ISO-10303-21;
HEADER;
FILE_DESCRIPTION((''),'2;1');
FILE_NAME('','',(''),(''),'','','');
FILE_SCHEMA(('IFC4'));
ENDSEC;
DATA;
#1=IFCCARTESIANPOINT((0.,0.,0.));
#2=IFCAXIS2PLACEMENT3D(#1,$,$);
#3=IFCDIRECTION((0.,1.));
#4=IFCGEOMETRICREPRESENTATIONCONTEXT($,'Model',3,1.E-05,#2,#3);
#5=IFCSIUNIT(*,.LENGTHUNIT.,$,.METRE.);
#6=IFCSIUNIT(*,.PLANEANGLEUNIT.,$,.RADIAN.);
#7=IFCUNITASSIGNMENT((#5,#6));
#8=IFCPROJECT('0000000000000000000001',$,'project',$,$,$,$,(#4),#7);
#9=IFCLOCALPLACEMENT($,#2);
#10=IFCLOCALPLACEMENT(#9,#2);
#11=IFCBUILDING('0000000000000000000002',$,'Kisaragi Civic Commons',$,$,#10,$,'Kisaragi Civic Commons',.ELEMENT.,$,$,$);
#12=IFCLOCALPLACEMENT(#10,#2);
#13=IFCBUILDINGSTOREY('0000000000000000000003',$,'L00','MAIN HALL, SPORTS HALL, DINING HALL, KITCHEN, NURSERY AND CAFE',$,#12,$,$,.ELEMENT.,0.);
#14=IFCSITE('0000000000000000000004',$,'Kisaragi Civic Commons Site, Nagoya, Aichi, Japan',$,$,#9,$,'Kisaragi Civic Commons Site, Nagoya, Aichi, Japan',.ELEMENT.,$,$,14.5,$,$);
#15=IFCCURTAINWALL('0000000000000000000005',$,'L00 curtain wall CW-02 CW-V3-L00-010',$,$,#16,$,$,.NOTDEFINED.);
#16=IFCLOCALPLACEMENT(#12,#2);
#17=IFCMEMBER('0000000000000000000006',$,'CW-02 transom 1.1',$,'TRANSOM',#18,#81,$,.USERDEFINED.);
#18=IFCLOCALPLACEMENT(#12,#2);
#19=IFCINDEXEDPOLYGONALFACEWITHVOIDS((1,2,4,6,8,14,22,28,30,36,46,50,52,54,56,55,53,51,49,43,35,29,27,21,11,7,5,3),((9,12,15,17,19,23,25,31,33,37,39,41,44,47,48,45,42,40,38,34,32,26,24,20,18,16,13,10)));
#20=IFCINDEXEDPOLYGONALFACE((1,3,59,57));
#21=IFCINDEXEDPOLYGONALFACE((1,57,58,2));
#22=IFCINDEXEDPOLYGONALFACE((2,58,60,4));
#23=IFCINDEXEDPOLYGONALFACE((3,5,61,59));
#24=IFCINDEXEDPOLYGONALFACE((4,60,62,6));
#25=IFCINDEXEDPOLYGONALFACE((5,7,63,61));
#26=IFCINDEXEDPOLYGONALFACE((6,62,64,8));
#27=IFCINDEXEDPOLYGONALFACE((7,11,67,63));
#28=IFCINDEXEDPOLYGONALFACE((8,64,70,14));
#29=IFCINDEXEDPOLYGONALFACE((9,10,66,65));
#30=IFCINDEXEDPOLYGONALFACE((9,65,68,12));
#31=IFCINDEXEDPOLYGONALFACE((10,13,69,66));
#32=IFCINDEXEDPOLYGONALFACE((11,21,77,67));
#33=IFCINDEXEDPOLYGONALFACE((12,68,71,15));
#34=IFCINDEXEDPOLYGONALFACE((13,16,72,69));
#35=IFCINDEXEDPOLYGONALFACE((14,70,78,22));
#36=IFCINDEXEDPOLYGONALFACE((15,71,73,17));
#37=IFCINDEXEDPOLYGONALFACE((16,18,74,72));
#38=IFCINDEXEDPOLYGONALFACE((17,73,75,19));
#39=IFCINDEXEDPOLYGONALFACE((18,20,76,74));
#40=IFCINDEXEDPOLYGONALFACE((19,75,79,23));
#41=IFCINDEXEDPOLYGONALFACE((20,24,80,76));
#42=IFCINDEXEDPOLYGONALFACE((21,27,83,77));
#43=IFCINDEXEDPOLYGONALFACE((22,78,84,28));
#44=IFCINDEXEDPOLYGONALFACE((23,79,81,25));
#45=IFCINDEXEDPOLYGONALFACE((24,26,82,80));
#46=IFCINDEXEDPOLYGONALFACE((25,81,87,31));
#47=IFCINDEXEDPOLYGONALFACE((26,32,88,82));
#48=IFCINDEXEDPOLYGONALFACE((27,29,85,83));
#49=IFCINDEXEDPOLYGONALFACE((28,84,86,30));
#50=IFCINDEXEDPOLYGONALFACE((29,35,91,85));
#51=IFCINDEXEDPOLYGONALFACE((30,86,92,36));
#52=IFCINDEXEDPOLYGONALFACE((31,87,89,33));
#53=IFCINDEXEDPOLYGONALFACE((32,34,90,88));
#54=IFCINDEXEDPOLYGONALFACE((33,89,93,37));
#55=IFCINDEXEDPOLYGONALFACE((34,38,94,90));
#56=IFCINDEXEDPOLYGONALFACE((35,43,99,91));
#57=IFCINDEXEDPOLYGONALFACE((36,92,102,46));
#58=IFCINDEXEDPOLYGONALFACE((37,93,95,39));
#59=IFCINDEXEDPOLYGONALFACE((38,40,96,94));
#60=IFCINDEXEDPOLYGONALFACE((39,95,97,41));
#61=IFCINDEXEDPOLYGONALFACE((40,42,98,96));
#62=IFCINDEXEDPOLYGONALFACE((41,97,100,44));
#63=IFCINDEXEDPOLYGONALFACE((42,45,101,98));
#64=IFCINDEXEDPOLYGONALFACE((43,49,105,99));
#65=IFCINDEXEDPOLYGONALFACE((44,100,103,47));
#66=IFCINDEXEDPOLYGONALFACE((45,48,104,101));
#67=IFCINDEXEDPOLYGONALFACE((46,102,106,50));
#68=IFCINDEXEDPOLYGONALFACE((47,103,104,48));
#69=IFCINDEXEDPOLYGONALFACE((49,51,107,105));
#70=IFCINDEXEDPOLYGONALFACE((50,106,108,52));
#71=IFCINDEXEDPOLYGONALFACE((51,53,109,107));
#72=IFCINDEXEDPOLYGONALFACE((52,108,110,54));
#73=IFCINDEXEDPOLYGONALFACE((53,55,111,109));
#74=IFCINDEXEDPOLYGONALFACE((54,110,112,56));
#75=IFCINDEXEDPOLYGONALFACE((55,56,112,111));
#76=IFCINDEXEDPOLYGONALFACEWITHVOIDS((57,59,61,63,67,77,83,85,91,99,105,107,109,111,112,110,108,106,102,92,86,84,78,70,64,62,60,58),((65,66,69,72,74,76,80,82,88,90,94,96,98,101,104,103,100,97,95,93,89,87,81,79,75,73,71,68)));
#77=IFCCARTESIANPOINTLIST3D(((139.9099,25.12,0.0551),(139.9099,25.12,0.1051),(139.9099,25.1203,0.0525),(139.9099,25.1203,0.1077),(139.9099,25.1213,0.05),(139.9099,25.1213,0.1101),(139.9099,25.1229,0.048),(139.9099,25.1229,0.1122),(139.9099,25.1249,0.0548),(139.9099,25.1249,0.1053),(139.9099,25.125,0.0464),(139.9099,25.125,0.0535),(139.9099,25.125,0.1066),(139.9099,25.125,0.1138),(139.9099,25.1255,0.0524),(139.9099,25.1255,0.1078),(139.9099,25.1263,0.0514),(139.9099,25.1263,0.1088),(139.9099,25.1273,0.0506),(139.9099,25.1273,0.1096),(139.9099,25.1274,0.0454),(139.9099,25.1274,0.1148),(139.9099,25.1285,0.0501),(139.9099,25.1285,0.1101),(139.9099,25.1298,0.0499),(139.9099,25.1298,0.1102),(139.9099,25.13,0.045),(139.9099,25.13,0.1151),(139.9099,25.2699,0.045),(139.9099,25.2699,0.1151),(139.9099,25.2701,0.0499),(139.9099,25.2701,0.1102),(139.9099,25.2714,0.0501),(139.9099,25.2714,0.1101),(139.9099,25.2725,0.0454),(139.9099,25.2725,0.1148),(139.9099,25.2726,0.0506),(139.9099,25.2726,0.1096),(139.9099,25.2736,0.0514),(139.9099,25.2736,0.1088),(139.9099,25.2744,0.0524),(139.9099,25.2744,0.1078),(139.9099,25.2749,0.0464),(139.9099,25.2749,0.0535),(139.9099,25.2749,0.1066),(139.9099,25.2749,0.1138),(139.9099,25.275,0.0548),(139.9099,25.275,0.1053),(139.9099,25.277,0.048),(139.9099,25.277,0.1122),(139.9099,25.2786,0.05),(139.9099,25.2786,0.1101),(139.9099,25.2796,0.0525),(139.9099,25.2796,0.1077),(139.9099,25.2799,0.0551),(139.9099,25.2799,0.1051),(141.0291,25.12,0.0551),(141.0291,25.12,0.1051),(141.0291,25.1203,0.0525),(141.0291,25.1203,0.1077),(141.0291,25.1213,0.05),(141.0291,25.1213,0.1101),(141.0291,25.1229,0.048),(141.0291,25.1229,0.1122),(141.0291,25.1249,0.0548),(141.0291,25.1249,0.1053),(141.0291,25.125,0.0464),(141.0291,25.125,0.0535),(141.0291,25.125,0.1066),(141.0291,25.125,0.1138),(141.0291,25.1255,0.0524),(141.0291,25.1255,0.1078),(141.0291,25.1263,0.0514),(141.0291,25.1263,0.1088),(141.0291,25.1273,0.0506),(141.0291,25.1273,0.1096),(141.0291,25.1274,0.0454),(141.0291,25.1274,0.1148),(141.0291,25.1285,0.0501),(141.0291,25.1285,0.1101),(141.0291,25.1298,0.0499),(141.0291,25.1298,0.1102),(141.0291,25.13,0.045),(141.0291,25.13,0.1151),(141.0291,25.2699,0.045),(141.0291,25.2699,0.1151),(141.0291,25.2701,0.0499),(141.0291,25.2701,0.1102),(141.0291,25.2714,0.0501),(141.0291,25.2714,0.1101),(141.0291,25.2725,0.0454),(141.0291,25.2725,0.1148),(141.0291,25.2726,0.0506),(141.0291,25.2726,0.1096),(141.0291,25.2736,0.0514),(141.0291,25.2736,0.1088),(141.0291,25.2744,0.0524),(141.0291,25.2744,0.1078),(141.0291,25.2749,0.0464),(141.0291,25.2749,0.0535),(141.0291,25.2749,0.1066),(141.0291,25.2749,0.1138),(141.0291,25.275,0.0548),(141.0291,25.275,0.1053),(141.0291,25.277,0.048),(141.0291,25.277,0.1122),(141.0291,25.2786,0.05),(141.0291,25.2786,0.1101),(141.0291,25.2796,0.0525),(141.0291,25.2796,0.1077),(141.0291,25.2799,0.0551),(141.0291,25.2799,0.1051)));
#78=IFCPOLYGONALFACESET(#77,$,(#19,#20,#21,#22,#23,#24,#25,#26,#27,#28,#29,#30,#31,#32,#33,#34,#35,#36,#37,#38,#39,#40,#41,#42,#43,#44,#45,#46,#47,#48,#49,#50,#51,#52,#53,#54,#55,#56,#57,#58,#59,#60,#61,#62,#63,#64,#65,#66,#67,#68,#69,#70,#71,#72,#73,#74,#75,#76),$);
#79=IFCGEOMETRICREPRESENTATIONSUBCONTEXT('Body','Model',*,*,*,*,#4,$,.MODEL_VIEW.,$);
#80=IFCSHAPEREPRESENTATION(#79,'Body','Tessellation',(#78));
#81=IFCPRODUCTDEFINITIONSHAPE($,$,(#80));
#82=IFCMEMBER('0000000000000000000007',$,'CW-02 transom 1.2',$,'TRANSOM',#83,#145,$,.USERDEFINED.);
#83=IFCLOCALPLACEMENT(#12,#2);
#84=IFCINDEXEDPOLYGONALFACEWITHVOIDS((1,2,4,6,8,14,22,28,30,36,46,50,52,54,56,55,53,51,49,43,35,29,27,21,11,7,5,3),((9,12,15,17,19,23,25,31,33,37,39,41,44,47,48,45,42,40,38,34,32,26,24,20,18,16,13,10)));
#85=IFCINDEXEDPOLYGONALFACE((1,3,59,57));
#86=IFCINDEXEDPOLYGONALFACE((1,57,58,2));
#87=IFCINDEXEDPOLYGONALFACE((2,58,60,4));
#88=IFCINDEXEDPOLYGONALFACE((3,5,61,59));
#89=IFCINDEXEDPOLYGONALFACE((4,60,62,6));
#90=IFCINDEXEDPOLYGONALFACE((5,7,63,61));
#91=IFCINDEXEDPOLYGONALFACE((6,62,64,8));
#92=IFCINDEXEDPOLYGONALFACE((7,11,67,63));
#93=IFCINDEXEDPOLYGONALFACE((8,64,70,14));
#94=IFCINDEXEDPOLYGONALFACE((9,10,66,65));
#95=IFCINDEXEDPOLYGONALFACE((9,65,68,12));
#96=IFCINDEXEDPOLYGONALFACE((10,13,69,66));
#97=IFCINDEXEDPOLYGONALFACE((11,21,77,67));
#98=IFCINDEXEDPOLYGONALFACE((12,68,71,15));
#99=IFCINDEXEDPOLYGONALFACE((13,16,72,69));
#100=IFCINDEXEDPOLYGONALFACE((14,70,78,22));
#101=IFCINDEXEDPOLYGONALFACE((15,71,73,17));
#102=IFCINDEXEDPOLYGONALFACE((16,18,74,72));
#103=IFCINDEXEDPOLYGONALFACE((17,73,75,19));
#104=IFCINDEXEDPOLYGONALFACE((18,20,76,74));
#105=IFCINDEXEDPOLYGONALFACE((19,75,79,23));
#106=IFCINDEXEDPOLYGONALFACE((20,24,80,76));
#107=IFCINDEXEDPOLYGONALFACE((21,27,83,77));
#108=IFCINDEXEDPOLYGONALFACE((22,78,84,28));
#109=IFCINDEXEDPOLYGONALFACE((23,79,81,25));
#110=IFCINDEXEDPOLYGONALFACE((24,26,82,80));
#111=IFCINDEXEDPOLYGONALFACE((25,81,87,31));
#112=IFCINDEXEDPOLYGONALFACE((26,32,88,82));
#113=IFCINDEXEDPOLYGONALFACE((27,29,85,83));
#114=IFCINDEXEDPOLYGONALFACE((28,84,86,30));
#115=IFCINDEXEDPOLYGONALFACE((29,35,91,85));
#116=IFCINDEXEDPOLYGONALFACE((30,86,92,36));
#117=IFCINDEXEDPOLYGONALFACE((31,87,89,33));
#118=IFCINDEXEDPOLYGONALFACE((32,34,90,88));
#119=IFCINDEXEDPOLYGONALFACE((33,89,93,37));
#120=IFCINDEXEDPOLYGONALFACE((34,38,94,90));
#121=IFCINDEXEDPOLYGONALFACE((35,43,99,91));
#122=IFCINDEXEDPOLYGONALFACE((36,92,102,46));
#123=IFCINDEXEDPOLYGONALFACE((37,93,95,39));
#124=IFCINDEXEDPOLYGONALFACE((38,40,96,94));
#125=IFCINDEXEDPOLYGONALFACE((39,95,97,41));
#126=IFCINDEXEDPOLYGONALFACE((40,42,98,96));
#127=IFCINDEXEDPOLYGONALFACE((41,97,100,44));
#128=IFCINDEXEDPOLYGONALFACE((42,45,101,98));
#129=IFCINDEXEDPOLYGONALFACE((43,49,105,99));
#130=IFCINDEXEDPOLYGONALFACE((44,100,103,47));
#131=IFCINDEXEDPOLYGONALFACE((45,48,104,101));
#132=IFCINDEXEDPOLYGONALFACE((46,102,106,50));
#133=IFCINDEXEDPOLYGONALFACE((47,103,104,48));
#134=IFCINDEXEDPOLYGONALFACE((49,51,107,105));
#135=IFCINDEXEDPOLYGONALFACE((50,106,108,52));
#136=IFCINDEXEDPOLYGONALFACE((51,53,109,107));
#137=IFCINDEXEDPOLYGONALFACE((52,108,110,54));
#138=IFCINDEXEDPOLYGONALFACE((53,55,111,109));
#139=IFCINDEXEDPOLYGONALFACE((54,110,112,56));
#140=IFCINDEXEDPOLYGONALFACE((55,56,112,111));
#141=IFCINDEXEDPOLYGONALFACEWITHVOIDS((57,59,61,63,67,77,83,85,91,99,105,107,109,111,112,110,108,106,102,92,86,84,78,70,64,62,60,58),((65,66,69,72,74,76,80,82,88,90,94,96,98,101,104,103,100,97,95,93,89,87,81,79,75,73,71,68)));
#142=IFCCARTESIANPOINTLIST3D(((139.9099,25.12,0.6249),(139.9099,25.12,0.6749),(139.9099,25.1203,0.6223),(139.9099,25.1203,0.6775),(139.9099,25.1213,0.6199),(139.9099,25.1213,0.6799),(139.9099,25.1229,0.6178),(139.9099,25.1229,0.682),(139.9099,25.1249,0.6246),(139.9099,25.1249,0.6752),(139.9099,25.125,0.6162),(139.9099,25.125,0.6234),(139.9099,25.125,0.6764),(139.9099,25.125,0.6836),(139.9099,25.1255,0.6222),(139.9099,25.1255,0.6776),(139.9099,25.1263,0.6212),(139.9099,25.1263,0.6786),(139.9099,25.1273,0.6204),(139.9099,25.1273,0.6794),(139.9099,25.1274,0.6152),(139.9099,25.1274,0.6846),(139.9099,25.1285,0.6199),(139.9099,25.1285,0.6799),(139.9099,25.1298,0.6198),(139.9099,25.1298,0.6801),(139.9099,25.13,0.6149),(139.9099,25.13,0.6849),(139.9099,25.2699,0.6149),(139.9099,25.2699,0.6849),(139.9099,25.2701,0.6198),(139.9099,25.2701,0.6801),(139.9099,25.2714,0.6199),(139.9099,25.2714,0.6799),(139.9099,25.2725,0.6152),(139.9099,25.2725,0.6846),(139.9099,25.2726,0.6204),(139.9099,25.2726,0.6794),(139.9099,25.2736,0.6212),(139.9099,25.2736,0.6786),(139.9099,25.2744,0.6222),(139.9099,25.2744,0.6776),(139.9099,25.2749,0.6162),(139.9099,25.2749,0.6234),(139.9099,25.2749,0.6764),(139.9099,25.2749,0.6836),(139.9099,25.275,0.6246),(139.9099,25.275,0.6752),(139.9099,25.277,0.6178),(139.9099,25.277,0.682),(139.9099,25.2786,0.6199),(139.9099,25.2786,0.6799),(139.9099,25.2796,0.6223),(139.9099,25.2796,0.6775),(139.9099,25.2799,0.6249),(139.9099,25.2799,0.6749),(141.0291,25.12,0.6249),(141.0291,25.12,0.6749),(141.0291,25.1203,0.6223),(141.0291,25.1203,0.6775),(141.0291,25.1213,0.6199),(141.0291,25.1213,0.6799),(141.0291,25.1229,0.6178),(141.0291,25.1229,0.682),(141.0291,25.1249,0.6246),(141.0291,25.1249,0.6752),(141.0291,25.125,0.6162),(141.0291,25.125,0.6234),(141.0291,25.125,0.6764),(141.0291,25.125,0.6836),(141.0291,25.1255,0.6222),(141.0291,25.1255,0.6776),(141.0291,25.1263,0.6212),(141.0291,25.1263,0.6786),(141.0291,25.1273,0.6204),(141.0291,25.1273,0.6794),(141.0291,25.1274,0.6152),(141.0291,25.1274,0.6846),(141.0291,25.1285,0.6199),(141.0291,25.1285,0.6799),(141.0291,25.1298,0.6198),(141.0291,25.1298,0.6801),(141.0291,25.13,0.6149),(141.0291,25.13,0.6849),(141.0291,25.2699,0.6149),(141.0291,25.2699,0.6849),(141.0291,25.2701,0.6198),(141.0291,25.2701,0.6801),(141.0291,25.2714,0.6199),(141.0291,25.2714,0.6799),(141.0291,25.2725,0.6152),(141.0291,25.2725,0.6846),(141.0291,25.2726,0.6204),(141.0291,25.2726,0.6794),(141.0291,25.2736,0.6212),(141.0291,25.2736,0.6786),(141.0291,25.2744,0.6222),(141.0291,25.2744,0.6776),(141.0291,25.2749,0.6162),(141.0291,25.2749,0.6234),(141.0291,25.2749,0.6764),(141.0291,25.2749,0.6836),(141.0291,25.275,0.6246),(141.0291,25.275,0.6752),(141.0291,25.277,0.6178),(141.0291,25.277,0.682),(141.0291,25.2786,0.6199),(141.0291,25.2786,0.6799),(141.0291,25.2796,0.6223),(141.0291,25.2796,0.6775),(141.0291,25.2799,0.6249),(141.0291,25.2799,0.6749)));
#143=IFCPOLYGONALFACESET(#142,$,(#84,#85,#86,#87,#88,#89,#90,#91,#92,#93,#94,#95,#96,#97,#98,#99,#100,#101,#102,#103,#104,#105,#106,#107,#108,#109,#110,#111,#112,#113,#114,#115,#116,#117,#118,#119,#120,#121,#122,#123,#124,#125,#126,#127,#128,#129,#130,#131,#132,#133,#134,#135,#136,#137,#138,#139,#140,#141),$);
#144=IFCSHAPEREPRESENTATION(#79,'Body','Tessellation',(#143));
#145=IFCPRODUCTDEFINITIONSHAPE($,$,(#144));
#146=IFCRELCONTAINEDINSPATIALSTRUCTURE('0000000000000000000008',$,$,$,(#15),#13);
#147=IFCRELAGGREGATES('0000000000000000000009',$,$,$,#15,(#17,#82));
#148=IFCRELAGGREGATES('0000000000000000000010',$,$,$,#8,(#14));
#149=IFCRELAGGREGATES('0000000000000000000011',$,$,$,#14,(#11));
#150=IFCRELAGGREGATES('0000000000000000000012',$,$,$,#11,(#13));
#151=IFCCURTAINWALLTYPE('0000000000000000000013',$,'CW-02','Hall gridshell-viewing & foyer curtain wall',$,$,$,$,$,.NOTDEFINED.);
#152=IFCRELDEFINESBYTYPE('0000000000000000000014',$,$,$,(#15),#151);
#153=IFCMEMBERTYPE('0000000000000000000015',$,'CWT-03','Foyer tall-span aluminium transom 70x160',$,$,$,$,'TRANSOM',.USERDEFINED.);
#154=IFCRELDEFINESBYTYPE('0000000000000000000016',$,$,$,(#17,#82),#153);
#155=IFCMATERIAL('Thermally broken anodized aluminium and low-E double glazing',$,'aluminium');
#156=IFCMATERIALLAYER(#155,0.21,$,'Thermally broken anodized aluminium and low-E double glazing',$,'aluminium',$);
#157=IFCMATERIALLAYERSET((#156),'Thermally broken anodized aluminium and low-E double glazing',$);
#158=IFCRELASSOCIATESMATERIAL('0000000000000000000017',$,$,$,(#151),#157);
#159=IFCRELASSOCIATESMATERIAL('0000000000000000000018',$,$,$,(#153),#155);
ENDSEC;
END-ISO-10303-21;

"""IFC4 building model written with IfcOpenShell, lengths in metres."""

from ifc_helpers import new_model, si_unit, direction, frame, origin, origin_2d, place, context, subcontext, project, spatial, hollow_rectangle, extrude, material, layer, layer_set, material_profile, profile_set, type_object, element, aggregate, save


model = new_model("IFC4")

# Units and contexts
model_context = context("Model", 3, precision=1e-05, world=origin(), true_north=direction((0.0, 1.0)))
body_context = subcontext(model_context, "Body", "Model", "MODEL_VIEW")
ifc_project = project(units=[si_unit("LENGTHUNIT", "METRE"), si_unit("PLANEANGLEUNIT", "RADIAN")], contexts=[model_context])

# Site, building, storey
site_placement = place(None, origin())
site = spatial("IfcSite", under=ifc_project, at=site_placement, Name="Kisaragi Civic Commons Site, Nagoya, Aichi, Japan", LongName="Kisaragi Civic Commons Site, Nagoya, Aichi, Japan", CompositionType="ELEMENT", RefElevation=14.5)
building_placement = place(site_placement, origin())
building = spatial("IfcBuilding", under=site, at=building_placement, Name="Kisaragi Civic Commons", LongName="Kisaragi Civic Commons", CompositionType="ELEMENT")
storey_placement = place(building_placement, origin())
storey = spatial("IfcBuildingStorey", under=building, at=storey_placement, Name="L00", Description="MAIN HALL, SPORTS HALL, DINING HALL, KITCHEN, NURSERY AND CAFE", CompositionType="ELEMENT", Elevation=0.0)

# Curtain wall
ifc_material = material(Name="Thermally broken anodized aluminium and low-E double glazing", Category="aluminium")
ifc_layer_1 = layer(ifc_material, 0.21, Name="Thermally broken anodized aluminium and low-E double glazing", Category="aluminium")
ifc_layer_set_1 = layer_set([ifc_layer_1], Name="Thermally broken anodized aluminium and low-E double glazing")
curtain_wall_type = type_object("IfcCurtainWallType", Name="CW-02", Description="Hall gridshell-viewing & foyer curtain wall", PredefinedType="NOTDEFINED", material=ifc_layer_set_1)
curtain_wall_1_placement = place(storey_placement, origin())
curtain_wall_1 = element("IfcCurtainWall", 1, at=curtain_wall_1_placement, inside=storey, type_object=curtain_wall_type, Name="L00 curtain wall CW-02 CW-V3-L00-010", PredefinedType="NOTDEFINED")

# Members
ifc_material_profile_1 = material_profile(ifc_material, hollow_rectangle(XDim=0.1599, YDim=0.0701, WallThickness=0.0049, InnerFilletRadius=0.0049, OuterFilletRadius=0.01, at=origin_2d()), Name="CWT-70x160x5", Category="aluminium")
ifc_profile_set_1 = profile_set([ifc_material_profile_1], Name="Thermally broken anodized aluminium and low-E double glazing")
member_type_1 = type_object("IfcMemberType", Name="CWT-03", Description="Foyer tall-span aluminium transom 70x160", ElementType="TRANSOM", PredefinedType="USERDEFINED", material=ifc_profile_set_1)
member_1_placement = place(storey_placement, frame((139.9099, 25.2, 0.0801), z_axis=(1.0, 0.0, 0.0), x_axis=(0.0, 1.0, 0.0)))
member_1 = element("IfcMember", 2, at=member_1_placement, type_object=member_type_1, Name="CW-02 transom 1.1", ObjectType="TRANSOM", PredefinedType="USERDEFINED", context=body_context, shape_type="SweptSolid", body=[
    extrude(hollow_rectangle(XDim=0.1599, YDim=0.0701, WallThickness=0.0049, InnerFilletRadius=0.0049, OuterFilletRadius=0.01, at=origin_2d()), origin(), (0.0, 0.0, 1.0), 1.1191),
])
member_2_placement = place(storey_placement, frame((139.9099, 25.2, 0.6499), z_axis=(1.0, 0.0, 0.0), x_axis=(0.0, 1.0, 0.0)))
member_2 = element("IfcMember", 3, at=member_2_placement, type_object=member_type_1, Name="CW-02 transom 1.2", ObjectType="TRANSOM", PredefinedType="USERDEFINED", context=body_context, shape_type="SweptSolid", body=[
    extrude(hollow_rectangle(XDim=0.1599, YDim=0.0701, WallThickness=0.0049, InnerFilletRadius=0.0049, OuterFilletRadius=0.01, at=origin_2d()), origin(), (0.0, 0.0, 1.0), 1.1191),
])

aggregate(curtain_wall_1, [member_1, member_2])

save(model, "model.ifc")
